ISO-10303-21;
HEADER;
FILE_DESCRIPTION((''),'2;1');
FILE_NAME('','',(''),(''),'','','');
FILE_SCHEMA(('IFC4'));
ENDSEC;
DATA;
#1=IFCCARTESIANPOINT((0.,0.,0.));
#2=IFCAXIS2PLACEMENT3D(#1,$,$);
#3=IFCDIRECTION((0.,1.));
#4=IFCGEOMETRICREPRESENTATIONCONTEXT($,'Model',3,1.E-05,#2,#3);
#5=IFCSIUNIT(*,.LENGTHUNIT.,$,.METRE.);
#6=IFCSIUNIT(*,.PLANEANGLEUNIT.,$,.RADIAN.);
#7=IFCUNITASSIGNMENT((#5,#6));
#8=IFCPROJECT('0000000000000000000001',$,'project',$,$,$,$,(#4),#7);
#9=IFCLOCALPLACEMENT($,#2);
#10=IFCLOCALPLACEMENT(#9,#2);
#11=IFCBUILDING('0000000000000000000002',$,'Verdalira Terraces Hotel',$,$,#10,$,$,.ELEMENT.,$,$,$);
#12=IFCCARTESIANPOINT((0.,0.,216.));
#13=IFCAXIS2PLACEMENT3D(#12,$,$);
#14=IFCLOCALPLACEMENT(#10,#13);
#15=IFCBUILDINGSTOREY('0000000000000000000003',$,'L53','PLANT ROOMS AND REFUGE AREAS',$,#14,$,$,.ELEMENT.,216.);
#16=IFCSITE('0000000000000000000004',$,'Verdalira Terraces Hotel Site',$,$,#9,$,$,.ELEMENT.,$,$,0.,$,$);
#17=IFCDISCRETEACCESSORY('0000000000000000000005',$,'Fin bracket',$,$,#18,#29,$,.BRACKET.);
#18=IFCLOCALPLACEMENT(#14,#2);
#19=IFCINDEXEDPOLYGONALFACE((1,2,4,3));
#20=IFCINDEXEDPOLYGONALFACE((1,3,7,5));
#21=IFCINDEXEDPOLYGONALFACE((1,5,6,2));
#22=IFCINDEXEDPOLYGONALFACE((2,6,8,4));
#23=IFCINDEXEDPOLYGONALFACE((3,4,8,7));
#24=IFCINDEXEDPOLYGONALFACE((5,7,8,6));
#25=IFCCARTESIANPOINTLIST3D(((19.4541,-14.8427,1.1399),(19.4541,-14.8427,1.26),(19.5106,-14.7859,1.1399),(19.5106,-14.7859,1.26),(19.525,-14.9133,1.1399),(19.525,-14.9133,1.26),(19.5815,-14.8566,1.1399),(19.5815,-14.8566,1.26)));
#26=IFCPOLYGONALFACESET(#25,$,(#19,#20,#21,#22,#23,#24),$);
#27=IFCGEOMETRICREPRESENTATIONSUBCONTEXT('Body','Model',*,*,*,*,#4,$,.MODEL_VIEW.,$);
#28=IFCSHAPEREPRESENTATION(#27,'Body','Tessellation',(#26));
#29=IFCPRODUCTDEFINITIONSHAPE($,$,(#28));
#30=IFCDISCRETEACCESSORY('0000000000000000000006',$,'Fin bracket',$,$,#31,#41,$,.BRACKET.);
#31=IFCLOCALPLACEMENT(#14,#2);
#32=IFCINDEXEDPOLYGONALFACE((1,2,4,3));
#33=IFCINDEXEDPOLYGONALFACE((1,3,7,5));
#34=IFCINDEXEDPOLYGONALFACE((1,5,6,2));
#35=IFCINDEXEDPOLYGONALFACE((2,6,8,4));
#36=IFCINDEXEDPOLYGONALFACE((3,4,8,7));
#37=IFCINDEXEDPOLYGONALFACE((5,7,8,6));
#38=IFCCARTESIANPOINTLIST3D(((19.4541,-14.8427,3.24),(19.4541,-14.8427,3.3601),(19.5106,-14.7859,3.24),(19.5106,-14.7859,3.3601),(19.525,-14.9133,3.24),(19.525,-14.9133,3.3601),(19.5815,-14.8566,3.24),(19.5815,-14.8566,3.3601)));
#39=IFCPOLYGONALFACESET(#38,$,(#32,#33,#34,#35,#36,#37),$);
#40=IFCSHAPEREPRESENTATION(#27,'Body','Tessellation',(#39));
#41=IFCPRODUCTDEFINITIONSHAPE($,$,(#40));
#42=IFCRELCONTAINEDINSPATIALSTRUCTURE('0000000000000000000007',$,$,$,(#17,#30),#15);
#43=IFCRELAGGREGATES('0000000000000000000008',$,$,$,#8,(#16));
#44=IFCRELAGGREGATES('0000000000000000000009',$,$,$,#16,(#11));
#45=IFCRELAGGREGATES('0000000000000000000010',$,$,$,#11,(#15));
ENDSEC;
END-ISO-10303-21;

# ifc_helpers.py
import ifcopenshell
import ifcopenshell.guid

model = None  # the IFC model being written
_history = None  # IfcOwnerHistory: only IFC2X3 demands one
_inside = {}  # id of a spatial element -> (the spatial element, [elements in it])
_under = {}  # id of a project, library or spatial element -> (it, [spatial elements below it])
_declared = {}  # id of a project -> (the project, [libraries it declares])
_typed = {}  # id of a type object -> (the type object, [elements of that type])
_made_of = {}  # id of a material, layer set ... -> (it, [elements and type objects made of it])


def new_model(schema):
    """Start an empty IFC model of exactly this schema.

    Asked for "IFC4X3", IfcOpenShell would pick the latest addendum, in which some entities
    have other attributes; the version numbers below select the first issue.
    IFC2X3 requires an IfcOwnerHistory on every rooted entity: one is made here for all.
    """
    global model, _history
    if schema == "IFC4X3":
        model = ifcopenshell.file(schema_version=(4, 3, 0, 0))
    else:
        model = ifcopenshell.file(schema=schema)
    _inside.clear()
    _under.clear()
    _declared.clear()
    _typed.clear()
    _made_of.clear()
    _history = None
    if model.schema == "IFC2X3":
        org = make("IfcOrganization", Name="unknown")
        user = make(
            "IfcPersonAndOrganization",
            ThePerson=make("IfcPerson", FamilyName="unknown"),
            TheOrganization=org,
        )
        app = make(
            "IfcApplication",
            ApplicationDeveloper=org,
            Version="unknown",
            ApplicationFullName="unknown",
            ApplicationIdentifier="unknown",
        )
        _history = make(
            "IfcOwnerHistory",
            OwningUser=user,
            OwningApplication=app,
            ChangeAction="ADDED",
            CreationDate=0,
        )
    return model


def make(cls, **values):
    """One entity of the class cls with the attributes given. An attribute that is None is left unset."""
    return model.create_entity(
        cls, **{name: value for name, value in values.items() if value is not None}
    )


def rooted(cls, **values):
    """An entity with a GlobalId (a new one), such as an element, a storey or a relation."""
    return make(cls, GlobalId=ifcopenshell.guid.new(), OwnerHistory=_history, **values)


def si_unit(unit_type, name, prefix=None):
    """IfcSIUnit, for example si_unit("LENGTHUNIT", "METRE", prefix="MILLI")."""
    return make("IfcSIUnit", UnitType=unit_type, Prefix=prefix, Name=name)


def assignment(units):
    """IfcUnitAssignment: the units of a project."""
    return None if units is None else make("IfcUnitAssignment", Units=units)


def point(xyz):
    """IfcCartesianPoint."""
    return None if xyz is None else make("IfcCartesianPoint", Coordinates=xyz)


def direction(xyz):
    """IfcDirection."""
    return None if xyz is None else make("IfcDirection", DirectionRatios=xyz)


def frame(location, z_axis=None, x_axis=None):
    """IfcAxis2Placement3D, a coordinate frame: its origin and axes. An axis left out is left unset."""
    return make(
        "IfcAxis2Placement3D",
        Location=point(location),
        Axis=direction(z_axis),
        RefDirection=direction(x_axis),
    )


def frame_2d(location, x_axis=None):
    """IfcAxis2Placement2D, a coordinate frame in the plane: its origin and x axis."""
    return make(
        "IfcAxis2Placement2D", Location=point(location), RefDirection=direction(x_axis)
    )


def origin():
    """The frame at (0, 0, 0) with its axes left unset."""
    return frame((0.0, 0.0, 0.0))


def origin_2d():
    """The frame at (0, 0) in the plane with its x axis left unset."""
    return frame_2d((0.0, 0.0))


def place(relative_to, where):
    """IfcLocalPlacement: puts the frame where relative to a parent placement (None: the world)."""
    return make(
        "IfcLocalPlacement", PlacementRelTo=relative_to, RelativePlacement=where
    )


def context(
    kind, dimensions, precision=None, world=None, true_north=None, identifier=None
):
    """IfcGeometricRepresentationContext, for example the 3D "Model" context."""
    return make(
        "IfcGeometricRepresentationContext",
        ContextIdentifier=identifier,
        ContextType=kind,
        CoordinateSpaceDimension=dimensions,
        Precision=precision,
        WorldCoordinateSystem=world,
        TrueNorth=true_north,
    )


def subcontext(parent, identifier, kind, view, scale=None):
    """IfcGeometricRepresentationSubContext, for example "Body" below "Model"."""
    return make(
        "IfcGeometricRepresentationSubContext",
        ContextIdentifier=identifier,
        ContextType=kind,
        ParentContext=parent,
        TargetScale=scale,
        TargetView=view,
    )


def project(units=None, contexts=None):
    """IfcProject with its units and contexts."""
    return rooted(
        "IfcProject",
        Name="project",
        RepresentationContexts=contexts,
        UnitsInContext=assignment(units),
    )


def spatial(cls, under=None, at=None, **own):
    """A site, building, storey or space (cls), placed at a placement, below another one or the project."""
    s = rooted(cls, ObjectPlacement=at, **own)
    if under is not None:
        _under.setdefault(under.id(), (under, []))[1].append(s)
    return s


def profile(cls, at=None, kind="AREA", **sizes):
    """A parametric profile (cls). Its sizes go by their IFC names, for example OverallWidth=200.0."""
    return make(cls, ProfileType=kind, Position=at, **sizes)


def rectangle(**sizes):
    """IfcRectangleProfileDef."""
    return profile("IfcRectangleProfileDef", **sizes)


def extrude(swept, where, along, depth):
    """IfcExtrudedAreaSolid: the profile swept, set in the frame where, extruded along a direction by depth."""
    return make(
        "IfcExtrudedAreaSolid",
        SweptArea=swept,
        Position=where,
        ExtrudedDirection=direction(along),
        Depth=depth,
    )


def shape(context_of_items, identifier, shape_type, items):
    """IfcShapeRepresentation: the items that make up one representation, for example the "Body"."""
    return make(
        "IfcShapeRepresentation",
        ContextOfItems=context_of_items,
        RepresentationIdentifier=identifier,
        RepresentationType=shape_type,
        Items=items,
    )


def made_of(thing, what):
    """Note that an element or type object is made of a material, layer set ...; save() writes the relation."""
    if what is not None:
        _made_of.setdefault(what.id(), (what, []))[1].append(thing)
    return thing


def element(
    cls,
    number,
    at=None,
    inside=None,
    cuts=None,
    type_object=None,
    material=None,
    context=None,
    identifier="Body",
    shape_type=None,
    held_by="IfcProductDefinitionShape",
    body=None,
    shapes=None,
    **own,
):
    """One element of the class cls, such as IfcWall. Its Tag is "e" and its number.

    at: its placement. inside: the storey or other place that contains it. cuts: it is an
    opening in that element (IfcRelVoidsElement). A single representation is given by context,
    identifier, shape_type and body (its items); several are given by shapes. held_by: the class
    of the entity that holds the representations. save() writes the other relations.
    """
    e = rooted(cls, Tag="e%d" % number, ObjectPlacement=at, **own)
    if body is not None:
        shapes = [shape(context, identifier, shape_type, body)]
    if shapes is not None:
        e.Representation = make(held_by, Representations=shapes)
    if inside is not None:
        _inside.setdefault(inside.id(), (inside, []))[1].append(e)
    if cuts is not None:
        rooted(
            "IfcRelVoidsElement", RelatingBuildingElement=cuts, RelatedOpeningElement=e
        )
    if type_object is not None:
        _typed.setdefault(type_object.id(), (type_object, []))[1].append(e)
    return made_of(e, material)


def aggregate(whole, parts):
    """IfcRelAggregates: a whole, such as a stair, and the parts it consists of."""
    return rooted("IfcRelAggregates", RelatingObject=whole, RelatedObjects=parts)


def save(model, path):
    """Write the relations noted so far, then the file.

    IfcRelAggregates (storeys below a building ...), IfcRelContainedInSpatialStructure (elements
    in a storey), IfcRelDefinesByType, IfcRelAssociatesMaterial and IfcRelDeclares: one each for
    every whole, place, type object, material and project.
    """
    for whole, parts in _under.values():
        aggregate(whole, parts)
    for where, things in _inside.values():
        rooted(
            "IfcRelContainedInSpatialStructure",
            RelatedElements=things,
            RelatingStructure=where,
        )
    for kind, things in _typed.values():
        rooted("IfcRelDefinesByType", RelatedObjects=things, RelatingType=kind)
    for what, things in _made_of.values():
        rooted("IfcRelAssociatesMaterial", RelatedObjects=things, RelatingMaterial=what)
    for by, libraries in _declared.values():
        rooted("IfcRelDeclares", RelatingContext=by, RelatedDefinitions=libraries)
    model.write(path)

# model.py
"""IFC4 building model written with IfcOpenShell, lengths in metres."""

from ifc_helpers import new_model, si_unit, direction, frame, origin, origin_2d, place, context, subcontext, project, spatial, rectangle, extrude, element, save


model = new_model("IFC4")

# Units and contexts
model_context = context("Model", 3, precision=1e-05, world=origin(), true_north=direction((0.0, 1.0)))
body_context = subcontext(model_context, "Body", "Model", "MODEL_VIEW")
ifc_project = project(units=[si_unit("LENGTHUNIT", "METRE"), si_unit("PLANEANGLEUNIT", "RADIAN")], contexts=[model_context])

# Site, building, storey
site_placement = place(None, origin())
site = spatial("IfcSite", under=ifc_project, at=site_placement, Name="Verdalira Terraces Hotel Site", CompositionType="ELEMENT", RefElevation=0.0)
building_placement = place(site_placement, origin())
building = spatial("IfcBuilding", under=site, at=building_placement, Name="Verdalira Terraces Hotel", CompositionType="ELEMENT")
storey_placement = place(building_placement, frame((0.0, 0.0, 216.0)))
storey = spatial("IfcBuildingStorey", under=building, at=storey_placement, Name="L53", Description="PLANT ROOMS AND REFUGE AREAS", CompositionType="ELEMENT", Elevation=216.0)

# Discrete accessories
for number, where, z_axis, x_axis, name in (
    (1, (19.5178, -14.8496, 1.1399), (0.0, 0.0, 1.0), (0.705624, 0.708586, 0.0), "Fin bracket"),
    (2, (19.5178, -14.8496, 3.24), (0.0, 0.0, 1.0), (0.705624, 0.708586, 0.0), "Fin bracket"),
):
    element("IfcDiscreteAccessory", number, at=place(storey_placement, frame(where, z_axis=z_axis, x_axis=x_axis)), inside=storey, Name=name, PredefinedType="BRACKET", context=body_context, shape_type="SweptSolid", body=[
        extrude(rectangle(XDim=0.0801, YDim=0.1001, at=origin_2d()), origin(), (0.0, 0.0, 1.0), 0.1201),
    ])

save(model, "model.ifc")
